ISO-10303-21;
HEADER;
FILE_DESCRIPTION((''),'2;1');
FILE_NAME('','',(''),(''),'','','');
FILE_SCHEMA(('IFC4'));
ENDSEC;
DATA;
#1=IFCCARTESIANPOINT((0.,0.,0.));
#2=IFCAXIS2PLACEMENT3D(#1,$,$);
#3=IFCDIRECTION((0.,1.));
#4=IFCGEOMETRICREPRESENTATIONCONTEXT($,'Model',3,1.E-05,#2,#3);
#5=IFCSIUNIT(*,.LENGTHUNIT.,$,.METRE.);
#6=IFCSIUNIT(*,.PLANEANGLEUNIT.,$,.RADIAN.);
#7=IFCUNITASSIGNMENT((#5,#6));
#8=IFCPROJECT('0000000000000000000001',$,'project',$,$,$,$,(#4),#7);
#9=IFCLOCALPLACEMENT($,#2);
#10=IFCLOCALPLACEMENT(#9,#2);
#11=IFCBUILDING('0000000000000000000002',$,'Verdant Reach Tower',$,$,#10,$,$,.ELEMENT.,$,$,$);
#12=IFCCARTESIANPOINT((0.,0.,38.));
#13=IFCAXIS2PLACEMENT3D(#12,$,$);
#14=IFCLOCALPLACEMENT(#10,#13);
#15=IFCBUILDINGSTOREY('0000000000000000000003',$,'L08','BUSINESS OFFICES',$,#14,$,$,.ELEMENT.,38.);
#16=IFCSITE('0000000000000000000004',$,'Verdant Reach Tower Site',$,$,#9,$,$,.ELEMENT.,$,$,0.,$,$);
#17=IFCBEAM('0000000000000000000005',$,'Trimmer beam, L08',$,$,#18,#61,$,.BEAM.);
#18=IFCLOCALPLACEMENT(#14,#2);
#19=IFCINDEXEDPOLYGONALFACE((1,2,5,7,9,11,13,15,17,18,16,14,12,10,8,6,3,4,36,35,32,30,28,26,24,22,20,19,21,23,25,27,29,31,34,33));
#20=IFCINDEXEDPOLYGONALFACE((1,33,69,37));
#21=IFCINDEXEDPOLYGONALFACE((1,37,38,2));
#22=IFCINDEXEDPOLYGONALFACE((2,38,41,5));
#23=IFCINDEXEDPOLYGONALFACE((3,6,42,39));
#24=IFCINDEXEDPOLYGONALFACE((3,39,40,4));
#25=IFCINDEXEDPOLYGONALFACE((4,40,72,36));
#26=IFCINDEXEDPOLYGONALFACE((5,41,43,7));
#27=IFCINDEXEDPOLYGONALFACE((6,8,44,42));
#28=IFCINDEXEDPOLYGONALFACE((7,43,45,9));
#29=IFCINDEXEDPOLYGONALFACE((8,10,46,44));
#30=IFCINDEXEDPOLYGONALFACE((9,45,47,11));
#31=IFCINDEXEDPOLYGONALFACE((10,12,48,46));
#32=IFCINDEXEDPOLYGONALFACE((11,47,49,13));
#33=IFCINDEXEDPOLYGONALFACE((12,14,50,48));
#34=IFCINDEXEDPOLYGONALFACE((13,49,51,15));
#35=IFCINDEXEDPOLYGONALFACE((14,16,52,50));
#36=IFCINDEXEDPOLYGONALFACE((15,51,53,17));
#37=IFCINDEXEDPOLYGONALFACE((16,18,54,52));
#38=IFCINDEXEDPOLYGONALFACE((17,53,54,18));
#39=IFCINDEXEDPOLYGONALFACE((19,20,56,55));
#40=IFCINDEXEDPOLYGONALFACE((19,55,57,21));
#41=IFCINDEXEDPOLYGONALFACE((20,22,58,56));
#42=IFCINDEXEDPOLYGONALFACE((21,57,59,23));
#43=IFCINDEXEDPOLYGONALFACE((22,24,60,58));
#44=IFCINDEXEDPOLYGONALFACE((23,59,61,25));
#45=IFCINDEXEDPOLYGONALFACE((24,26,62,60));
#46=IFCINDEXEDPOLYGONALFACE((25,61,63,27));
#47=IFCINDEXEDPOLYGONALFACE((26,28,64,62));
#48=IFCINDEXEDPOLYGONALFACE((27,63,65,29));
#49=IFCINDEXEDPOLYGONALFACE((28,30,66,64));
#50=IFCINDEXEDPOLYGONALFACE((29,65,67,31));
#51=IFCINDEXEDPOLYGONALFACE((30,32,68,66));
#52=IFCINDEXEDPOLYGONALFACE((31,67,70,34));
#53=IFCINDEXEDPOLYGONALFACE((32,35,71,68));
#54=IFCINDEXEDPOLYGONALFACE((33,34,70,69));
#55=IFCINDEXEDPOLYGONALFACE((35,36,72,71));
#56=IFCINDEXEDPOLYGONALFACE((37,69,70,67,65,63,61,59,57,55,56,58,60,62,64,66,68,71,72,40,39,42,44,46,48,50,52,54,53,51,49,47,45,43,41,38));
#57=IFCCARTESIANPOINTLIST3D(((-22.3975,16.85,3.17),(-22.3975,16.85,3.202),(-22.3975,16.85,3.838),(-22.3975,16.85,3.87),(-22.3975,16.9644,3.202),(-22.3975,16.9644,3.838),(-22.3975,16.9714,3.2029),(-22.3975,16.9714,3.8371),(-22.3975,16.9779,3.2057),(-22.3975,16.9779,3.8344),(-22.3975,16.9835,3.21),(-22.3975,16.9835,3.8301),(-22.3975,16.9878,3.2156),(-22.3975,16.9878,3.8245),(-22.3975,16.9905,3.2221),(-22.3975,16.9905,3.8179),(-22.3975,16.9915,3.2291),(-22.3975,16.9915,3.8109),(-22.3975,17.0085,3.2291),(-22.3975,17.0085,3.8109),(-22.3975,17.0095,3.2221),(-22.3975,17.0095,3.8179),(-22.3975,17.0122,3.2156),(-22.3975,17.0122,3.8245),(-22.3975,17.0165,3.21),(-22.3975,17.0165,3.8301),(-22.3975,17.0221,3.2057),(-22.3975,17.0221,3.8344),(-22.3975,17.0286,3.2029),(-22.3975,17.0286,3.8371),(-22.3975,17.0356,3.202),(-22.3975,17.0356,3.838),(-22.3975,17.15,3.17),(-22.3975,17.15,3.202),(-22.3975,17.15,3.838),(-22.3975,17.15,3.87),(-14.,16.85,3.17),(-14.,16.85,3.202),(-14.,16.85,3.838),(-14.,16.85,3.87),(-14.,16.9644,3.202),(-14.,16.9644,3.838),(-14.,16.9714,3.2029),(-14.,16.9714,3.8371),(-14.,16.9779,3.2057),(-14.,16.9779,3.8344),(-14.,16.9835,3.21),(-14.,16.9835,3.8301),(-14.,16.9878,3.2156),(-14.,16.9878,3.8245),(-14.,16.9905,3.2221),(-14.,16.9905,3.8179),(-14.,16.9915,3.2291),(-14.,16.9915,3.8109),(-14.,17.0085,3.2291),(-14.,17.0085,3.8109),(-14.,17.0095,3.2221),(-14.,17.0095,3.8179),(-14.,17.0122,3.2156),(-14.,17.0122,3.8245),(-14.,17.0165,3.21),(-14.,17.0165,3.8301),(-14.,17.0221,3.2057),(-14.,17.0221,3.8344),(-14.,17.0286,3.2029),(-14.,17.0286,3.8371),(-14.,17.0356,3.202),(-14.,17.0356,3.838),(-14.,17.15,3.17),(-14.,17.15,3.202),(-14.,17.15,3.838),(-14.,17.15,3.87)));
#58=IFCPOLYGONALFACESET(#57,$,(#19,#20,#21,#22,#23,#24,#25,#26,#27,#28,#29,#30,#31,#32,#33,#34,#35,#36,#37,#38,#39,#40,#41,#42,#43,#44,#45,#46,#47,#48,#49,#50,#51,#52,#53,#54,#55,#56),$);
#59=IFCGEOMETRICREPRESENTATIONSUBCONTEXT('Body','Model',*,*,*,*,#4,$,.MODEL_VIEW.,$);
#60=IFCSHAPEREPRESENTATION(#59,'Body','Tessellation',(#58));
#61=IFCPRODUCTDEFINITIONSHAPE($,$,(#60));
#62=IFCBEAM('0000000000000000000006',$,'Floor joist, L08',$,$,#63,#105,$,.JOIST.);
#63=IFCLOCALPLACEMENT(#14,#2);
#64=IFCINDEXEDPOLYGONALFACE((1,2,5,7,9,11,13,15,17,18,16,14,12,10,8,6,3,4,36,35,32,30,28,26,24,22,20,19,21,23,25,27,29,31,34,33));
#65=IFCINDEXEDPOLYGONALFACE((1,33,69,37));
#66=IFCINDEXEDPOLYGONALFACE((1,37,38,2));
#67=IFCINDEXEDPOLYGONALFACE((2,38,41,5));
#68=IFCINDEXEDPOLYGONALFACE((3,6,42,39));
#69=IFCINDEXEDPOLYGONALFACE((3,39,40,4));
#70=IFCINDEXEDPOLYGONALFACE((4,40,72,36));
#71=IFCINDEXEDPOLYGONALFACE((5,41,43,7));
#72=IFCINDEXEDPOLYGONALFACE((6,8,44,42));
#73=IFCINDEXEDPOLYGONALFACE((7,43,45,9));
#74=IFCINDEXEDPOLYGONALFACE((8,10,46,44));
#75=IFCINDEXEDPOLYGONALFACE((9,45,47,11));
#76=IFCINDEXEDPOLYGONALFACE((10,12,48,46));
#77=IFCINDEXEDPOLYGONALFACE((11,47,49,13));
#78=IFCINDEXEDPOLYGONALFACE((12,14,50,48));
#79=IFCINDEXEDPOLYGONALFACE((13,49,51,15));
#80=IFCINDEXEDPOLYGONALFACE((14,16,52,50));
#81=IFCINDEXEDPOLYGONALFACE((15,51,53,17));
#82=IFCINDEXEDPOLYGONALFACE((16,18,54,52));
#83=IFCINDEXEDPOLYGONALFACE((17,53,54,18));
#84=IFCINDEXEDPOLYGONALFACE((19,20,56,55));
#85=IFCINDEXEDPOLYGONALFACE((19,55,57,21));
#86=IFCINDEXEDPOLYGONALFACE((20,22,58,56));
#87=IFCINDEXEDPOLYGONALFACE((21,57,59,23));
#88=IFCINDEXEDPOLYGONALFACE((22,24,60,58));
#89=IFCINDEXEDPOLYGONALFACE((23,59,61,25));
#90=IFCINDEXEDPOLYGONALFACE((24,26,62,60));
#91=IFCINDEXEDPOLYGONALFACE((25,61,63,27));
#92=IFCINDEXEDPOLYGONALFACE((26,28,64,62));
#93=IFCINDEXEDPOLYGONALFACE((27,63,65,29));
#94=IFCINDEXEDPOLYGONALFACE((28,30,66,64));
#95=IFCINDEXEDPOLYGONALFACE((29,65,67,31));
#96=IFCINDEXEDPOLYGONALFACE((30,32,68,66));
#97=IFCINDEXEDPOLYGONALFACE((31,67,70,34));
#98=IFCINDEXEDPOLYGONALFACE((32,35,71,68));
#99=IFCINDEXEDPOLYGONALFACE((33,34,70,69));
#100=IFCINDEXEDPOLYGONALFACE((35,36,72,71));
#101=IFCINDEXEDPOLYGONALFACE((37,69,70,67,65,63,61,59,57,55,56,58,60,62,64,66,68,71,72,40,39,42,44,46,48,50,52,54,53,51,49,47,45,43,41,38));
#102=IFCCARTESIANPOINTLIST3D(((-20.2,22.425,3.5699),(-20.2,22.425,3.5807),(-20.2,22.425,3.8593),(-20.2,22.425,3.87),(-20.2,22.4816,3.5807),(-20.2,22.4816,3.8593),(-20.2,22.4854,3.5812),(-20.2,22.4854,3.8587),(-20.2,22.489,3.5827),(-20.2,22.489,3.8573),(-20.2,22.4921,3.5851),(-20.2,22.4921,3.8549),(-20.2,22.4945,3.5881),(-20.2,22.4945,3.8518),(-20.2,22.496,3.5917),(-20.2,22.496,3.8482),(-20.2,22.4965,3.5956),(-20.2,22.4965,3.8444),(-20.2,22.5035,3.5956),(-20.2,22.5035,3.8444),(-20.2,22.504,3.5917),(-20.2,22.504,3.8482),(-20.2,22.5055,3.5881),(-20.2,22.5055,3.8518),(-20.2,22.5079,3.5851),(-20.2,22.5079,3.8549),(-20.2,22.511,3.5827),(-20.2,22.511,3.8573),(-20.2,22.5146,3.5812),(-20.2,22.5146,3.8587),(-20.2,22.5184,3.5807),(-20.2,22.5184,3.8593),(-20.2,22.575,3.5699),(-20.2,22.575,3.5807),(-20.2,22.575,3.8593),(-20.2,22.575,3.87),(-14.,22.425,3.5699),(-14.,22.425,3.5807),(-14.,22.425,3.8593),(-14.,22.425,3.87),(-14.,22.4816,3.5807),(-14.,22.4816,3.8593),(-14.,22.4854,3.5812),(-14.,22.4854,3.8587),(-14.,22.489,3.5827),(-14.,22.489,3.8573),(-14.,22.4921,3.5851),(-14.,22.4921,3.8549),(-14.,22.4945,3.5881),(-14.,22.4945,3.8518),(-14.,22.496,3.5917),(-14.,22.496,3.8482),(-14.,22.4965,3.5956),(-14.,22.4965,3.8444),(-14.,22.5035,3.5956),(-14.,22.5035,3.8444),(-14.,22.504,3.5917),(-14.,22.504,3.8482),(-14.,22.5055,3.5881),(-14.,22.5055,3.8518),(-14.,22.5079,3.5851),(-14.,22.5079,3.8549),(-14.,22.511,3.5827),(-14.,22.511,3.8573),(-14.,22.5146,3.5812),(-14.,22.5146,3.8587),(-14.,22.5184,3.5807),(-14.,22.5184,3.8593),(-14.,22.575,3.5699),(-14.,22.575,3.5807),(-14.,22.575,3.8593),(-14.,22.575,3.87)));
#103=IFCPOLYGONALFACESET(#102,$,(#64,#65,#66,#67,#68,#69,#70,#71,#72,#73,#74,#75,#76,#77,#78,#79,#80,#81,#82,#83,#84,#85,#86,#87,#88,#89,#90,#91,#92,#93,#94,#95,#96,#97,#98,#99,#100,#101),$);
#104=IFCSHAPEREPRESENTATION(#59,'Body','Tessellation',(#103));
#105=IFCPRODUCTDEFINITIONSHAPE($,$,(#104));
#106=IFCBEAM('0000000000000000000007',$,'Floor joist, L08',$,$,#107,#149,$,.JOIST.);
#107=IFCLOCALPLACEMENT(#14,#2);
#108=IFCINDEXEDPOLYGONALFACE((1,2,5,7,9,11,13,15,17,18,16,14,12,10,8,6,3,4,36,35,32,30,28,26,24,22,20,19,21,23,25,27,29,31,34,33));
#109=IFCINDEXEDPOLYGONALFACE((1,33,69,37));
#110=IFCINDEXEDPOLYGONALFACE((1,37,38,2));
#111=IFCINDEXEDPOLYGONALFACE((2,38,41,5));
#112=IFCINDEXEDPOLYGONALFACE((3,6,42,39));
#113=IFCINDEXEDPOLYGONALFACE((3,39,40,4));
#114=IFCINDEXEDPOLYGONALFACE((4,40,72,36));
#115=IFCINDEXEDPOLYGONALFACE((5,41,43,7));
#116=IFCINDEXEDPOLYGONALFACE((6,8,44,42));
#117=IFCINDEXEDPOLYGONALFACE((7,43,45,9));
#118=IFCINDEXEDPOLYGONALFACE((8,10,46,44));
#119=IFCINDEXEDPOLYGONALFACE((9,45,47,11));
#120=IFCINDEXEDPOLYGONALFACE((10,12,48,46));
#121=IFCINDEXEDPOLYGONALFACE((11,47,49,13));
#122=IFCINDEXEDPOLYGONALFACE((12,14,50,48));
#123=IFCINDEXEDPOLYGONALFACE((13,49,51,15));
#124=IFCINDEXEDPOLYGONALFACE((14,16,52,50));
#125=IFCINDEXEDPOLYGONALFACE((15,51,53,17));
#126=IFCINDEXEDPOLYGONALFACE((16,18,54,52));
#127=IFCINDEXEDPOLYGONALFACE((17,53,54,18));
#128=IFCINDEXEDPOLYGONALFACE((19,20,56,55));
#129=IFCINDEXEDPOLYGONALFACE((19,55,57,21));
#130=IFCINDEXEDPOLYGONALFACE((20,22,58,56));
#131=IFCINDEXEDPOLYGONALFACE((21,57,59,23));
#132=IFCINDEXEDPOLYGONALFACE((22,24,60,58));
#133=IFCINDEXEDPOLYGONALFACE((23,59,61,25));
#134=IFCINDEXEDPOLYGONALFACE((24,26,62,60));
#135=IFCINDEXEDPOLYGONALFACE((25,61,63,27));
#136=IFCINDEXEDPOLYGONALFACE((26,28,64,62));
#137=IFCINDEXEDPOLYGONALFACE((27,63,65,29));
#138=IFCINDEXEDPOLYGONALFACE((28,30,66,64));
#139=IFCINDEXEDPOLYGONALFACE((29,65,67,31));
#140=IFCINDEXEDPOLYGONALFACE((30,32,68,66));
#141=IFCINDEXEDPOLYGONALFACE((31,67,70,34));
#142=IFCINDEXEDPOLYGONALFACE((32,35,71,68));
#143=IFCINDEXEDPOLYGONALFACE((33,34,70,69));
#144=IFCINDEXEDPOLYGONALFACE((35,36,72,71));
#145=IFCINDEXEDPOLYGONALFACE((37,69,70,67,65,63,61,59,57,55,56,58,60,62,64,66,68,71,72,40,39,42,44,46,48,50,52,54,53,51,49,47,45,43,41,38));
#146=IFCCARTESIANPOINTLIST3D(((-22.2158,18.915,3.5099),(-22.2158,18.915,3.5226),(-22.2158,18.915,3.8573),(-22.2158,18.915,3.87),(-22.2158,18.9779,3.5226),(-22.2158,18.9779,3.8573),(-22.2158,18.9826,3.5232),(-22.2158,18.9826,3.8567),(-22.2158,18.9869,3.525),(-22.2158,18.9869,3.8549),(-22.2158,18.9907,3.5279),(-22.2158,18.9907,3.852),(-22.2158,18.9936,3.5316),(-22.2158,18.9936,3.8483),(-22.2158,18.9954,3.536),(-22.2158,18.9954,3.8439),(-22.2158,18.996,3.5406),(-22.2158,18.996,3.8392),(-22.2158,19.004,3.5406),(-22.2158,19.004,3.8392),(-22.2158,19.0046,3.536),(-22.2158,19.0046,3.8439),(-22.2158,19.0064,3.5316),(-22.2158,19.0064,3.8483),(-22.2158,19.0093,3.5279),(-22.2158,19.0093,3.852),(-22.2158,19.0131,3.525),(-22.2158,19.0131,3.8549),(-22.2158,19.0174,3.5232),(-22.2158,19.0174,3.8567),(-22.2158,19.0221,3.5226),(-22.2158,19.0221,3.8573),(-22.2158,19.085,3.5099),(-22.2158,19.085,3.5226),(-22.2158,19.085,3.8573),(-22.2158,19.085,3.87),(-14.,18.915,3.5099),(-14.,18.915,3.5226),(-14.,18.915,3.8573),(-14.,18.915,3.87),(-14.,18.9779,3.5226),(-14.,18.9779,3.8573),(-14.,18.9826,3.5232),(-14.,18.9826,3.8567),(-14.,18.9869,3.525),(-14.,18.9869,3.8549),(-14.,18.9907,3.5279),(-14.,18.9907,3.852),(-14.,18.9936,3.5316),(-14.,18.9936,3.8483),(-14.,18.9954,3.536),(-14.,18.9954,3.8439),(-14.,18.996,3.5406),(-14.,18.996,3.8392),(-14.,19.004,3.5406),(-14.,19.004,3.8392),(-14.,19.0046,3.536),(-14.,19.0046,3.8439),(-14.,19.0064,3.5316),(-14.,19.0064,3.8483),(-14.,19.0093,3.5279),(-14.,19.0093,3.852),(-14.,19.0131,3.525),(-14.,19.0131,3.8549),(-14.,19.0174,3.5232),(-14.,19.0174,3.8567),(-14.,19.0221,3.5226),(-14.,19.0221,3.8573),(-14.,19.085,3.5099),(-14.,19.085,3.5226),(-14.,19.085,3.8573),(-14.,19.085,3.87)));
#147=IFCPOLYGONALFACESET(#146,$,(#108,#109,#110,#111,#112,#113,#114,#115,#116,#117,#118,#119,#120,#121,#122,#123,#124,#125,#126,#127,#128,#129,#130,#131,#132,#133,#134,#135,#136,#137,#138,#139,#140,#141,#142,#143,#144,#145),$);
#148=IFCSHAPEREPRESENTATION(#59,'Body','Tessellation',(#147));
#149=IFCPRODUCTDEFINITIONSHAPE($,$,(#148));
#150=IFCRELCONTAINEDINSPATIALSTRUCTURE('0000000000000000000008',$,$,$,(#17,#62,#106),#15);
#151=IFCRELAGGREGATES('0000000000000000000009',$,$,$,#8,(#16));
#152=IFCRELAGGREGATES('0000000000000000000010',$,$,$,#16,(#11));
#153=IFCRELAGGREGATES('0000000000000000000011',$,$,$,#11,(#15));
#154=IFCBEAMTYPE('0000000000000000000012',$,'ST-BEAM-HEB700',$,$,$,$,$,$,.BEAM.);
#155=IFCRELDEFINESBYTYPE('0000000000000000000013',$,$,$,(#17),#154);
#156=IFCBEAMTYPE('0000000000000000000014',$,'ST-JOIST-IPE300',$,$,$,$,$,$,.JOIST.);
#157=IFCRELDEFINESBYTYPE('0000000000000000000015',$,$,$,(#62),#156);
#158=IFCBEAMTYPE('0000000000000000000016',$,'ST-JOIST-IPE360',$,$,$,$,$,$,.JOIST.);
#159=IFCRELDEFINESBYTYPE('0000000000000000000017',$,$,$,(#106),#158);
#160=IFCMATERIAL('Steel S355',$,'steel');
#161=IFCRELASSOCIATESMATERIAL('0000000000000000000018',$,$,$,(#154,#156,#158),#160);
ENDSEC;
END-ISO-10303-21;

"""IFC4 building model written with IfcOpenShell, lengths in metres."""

from ifc_helpers import new_model, si_unit, direction, frame, origin, origin_2d, place, context, subcontext, project, spatial, i_section, extrude, material, material_profile, profile_set, type_object, element, save


model = new_model("IFC4")

# Units and contexts
model_context = context("Model", 3, precision=1e-05, world=origin(), true_north=direction((0.0, 1.0)))
body_context = subcontext(model_context, "Body", "Model", "MODEL_VIEW")
ifc_project = project(units=[si_unit("LENGTHUNIT", "METRE"), si_unit("PLANEANGLEUNIT", "RADIAN")], contexts=[model_context])

# Site, building, storey
site_placement = place(None, origin())
site = spatial("IfcSite", under=ifc_project, at=site_placement, Name="Verdant Reach Tower Site", CompositionType="ELEMENT", RefElevation=0.0)
building_placement = place(site_placement, origin())
building = spatial("IfcBuilding", under=site, at=building_placement, Name="Verdant Reach Tower", CompositionType="ELEMENT")
storey_placement = place(building_placement, frame((0.0, 0.0, 38.0)))
storey = spatial("IfcBuildingStorey", under=building, at=storey_placement, Name="L08", Description="BUSINESS OFFICES", CompositionType="ELEMENT", Elevation=38.0)

# Beams
ifc_material_1 = material(Name="Steel S355", Category="steel")
ifc_material_profile_1 = material_profile(ifc_material_1, i_section(OverallWidth=0.3, OverallDepth=0.7, WebThickness=0.0171, FlangeThickness=0.032, FilletRadius=0.0271, at=origin_2d()), Name="HEB 700")
ifc_profile_set_1 = profile_set([ifc_material_profile_1], Name="Steel S355")
beam_type_1 = type_object("IfcBeamType", Name="ST-BEAM-HEB700", PredefinedType="BEAM", material=ifc_profile_set_1)
beam_1_placement = place(storey_placement, frame((-14.0, 17.0, 3.52), z_axis=(-1.0, 0.0, 0.0), x_axis=(0.0, -1.0, 0.0)))
element("IfcBeam", 1, at=beam_1_placement, inside=storey, type_object=beam_type_1, Name="Trimmer beam, L08", PredefinedType="BEAM", context=body_context, shape_type="SweptSolid", body=[
    extrude(i_section(OverallWidth=0.3, OverallDepth=0.7, WebThickness=0.0171, FlangeThickness=0.032, FilletRadius=0.0271, at=origin_2d()), origin(), (0.0, 0.0, 1.0), 8.3975),
])
ifc_material_profile_2 = material_profile(ifc_material_1, i_section(OverallWidth=0.1499, OverallDepth=0.3, WebThickness=0.0071, FlangeThickness=0.0107, FilletRadius=0.0149, at=origin_2d()), Name="IPE 300")
ifc_profile_set_2 = profile_set([ifc_material_profile_2], Name="Steel S355")
beam_type_2 = type_object("IfcBeamType", Name="ST-JOIST-IPE300", PredefinedType="JOIST", material=ifc_profile_set_2)
beam_2_placement = place(storey_placement, frame((-14.0, 22.5, 3.72), z_axis=(-1.0, 0.0, 0.0), x_axis=(0.0, -1.0, 0.0)))
element("IfcBeam", 2, at=beam_2_placement, inside=storey, type_object=beam_type_2, Name="Floor joist, L08", PredefinedType="JOIST", context=body_context, shape_type="SweptSolid", body=[
    extrude(i_section(OverallWidth=0.1499, OverallDepth=0.3, WebThickness=0.0071, FlangeThickness=0.0107, FilletRadius=0.0149, at=origin_2d()), origin(), (0.0, 0.0, 1.0), 6.2),
])
ifc_material_profile_3 = material_profile(ifc_material_1, i_section(OverallWidth=0.1699, OverallDepth=0.3601, WebThickness=0.0081, FlangeThickness=0.0127, FilletRadius=0.0181, at=origin_2d()), Name="IPE 360")
ifc_profile_set_3 = profile_set([ifc_material_profile_3], Name="Steel S355")
beam_type_3 = type_object("IfcBeamType", Name="ST-JOIST-IPE360", PredefinedType="JOIST", material=ifc_profile_set_3)
beam_3_placement = place(storey_placement, frame((-14.0, 19.0, 3.6899), z_axis=(-1.0, 0.0, 0.0), x_axis=(0.0, -1.0, 0.0)))
element("IfcBeam", 3, at=beam_3_placement, inside=storey, type_object=beam_type_3, Name="Floor joist, L08", PredefinedType="JOIST", context=body_context, shape_type="SweptSolid", body=[
    extrude(i_section(OverallWidth=0.1699, OverallDepth=0.3601, WebThickness=0.0081, FlangeThickness=0.0127, FilletRadius=0.0181, at=origin_2d()), origin(), (0.0, 0.0, 1.0), 8.2158),
])

save(model, "model.ifc")
